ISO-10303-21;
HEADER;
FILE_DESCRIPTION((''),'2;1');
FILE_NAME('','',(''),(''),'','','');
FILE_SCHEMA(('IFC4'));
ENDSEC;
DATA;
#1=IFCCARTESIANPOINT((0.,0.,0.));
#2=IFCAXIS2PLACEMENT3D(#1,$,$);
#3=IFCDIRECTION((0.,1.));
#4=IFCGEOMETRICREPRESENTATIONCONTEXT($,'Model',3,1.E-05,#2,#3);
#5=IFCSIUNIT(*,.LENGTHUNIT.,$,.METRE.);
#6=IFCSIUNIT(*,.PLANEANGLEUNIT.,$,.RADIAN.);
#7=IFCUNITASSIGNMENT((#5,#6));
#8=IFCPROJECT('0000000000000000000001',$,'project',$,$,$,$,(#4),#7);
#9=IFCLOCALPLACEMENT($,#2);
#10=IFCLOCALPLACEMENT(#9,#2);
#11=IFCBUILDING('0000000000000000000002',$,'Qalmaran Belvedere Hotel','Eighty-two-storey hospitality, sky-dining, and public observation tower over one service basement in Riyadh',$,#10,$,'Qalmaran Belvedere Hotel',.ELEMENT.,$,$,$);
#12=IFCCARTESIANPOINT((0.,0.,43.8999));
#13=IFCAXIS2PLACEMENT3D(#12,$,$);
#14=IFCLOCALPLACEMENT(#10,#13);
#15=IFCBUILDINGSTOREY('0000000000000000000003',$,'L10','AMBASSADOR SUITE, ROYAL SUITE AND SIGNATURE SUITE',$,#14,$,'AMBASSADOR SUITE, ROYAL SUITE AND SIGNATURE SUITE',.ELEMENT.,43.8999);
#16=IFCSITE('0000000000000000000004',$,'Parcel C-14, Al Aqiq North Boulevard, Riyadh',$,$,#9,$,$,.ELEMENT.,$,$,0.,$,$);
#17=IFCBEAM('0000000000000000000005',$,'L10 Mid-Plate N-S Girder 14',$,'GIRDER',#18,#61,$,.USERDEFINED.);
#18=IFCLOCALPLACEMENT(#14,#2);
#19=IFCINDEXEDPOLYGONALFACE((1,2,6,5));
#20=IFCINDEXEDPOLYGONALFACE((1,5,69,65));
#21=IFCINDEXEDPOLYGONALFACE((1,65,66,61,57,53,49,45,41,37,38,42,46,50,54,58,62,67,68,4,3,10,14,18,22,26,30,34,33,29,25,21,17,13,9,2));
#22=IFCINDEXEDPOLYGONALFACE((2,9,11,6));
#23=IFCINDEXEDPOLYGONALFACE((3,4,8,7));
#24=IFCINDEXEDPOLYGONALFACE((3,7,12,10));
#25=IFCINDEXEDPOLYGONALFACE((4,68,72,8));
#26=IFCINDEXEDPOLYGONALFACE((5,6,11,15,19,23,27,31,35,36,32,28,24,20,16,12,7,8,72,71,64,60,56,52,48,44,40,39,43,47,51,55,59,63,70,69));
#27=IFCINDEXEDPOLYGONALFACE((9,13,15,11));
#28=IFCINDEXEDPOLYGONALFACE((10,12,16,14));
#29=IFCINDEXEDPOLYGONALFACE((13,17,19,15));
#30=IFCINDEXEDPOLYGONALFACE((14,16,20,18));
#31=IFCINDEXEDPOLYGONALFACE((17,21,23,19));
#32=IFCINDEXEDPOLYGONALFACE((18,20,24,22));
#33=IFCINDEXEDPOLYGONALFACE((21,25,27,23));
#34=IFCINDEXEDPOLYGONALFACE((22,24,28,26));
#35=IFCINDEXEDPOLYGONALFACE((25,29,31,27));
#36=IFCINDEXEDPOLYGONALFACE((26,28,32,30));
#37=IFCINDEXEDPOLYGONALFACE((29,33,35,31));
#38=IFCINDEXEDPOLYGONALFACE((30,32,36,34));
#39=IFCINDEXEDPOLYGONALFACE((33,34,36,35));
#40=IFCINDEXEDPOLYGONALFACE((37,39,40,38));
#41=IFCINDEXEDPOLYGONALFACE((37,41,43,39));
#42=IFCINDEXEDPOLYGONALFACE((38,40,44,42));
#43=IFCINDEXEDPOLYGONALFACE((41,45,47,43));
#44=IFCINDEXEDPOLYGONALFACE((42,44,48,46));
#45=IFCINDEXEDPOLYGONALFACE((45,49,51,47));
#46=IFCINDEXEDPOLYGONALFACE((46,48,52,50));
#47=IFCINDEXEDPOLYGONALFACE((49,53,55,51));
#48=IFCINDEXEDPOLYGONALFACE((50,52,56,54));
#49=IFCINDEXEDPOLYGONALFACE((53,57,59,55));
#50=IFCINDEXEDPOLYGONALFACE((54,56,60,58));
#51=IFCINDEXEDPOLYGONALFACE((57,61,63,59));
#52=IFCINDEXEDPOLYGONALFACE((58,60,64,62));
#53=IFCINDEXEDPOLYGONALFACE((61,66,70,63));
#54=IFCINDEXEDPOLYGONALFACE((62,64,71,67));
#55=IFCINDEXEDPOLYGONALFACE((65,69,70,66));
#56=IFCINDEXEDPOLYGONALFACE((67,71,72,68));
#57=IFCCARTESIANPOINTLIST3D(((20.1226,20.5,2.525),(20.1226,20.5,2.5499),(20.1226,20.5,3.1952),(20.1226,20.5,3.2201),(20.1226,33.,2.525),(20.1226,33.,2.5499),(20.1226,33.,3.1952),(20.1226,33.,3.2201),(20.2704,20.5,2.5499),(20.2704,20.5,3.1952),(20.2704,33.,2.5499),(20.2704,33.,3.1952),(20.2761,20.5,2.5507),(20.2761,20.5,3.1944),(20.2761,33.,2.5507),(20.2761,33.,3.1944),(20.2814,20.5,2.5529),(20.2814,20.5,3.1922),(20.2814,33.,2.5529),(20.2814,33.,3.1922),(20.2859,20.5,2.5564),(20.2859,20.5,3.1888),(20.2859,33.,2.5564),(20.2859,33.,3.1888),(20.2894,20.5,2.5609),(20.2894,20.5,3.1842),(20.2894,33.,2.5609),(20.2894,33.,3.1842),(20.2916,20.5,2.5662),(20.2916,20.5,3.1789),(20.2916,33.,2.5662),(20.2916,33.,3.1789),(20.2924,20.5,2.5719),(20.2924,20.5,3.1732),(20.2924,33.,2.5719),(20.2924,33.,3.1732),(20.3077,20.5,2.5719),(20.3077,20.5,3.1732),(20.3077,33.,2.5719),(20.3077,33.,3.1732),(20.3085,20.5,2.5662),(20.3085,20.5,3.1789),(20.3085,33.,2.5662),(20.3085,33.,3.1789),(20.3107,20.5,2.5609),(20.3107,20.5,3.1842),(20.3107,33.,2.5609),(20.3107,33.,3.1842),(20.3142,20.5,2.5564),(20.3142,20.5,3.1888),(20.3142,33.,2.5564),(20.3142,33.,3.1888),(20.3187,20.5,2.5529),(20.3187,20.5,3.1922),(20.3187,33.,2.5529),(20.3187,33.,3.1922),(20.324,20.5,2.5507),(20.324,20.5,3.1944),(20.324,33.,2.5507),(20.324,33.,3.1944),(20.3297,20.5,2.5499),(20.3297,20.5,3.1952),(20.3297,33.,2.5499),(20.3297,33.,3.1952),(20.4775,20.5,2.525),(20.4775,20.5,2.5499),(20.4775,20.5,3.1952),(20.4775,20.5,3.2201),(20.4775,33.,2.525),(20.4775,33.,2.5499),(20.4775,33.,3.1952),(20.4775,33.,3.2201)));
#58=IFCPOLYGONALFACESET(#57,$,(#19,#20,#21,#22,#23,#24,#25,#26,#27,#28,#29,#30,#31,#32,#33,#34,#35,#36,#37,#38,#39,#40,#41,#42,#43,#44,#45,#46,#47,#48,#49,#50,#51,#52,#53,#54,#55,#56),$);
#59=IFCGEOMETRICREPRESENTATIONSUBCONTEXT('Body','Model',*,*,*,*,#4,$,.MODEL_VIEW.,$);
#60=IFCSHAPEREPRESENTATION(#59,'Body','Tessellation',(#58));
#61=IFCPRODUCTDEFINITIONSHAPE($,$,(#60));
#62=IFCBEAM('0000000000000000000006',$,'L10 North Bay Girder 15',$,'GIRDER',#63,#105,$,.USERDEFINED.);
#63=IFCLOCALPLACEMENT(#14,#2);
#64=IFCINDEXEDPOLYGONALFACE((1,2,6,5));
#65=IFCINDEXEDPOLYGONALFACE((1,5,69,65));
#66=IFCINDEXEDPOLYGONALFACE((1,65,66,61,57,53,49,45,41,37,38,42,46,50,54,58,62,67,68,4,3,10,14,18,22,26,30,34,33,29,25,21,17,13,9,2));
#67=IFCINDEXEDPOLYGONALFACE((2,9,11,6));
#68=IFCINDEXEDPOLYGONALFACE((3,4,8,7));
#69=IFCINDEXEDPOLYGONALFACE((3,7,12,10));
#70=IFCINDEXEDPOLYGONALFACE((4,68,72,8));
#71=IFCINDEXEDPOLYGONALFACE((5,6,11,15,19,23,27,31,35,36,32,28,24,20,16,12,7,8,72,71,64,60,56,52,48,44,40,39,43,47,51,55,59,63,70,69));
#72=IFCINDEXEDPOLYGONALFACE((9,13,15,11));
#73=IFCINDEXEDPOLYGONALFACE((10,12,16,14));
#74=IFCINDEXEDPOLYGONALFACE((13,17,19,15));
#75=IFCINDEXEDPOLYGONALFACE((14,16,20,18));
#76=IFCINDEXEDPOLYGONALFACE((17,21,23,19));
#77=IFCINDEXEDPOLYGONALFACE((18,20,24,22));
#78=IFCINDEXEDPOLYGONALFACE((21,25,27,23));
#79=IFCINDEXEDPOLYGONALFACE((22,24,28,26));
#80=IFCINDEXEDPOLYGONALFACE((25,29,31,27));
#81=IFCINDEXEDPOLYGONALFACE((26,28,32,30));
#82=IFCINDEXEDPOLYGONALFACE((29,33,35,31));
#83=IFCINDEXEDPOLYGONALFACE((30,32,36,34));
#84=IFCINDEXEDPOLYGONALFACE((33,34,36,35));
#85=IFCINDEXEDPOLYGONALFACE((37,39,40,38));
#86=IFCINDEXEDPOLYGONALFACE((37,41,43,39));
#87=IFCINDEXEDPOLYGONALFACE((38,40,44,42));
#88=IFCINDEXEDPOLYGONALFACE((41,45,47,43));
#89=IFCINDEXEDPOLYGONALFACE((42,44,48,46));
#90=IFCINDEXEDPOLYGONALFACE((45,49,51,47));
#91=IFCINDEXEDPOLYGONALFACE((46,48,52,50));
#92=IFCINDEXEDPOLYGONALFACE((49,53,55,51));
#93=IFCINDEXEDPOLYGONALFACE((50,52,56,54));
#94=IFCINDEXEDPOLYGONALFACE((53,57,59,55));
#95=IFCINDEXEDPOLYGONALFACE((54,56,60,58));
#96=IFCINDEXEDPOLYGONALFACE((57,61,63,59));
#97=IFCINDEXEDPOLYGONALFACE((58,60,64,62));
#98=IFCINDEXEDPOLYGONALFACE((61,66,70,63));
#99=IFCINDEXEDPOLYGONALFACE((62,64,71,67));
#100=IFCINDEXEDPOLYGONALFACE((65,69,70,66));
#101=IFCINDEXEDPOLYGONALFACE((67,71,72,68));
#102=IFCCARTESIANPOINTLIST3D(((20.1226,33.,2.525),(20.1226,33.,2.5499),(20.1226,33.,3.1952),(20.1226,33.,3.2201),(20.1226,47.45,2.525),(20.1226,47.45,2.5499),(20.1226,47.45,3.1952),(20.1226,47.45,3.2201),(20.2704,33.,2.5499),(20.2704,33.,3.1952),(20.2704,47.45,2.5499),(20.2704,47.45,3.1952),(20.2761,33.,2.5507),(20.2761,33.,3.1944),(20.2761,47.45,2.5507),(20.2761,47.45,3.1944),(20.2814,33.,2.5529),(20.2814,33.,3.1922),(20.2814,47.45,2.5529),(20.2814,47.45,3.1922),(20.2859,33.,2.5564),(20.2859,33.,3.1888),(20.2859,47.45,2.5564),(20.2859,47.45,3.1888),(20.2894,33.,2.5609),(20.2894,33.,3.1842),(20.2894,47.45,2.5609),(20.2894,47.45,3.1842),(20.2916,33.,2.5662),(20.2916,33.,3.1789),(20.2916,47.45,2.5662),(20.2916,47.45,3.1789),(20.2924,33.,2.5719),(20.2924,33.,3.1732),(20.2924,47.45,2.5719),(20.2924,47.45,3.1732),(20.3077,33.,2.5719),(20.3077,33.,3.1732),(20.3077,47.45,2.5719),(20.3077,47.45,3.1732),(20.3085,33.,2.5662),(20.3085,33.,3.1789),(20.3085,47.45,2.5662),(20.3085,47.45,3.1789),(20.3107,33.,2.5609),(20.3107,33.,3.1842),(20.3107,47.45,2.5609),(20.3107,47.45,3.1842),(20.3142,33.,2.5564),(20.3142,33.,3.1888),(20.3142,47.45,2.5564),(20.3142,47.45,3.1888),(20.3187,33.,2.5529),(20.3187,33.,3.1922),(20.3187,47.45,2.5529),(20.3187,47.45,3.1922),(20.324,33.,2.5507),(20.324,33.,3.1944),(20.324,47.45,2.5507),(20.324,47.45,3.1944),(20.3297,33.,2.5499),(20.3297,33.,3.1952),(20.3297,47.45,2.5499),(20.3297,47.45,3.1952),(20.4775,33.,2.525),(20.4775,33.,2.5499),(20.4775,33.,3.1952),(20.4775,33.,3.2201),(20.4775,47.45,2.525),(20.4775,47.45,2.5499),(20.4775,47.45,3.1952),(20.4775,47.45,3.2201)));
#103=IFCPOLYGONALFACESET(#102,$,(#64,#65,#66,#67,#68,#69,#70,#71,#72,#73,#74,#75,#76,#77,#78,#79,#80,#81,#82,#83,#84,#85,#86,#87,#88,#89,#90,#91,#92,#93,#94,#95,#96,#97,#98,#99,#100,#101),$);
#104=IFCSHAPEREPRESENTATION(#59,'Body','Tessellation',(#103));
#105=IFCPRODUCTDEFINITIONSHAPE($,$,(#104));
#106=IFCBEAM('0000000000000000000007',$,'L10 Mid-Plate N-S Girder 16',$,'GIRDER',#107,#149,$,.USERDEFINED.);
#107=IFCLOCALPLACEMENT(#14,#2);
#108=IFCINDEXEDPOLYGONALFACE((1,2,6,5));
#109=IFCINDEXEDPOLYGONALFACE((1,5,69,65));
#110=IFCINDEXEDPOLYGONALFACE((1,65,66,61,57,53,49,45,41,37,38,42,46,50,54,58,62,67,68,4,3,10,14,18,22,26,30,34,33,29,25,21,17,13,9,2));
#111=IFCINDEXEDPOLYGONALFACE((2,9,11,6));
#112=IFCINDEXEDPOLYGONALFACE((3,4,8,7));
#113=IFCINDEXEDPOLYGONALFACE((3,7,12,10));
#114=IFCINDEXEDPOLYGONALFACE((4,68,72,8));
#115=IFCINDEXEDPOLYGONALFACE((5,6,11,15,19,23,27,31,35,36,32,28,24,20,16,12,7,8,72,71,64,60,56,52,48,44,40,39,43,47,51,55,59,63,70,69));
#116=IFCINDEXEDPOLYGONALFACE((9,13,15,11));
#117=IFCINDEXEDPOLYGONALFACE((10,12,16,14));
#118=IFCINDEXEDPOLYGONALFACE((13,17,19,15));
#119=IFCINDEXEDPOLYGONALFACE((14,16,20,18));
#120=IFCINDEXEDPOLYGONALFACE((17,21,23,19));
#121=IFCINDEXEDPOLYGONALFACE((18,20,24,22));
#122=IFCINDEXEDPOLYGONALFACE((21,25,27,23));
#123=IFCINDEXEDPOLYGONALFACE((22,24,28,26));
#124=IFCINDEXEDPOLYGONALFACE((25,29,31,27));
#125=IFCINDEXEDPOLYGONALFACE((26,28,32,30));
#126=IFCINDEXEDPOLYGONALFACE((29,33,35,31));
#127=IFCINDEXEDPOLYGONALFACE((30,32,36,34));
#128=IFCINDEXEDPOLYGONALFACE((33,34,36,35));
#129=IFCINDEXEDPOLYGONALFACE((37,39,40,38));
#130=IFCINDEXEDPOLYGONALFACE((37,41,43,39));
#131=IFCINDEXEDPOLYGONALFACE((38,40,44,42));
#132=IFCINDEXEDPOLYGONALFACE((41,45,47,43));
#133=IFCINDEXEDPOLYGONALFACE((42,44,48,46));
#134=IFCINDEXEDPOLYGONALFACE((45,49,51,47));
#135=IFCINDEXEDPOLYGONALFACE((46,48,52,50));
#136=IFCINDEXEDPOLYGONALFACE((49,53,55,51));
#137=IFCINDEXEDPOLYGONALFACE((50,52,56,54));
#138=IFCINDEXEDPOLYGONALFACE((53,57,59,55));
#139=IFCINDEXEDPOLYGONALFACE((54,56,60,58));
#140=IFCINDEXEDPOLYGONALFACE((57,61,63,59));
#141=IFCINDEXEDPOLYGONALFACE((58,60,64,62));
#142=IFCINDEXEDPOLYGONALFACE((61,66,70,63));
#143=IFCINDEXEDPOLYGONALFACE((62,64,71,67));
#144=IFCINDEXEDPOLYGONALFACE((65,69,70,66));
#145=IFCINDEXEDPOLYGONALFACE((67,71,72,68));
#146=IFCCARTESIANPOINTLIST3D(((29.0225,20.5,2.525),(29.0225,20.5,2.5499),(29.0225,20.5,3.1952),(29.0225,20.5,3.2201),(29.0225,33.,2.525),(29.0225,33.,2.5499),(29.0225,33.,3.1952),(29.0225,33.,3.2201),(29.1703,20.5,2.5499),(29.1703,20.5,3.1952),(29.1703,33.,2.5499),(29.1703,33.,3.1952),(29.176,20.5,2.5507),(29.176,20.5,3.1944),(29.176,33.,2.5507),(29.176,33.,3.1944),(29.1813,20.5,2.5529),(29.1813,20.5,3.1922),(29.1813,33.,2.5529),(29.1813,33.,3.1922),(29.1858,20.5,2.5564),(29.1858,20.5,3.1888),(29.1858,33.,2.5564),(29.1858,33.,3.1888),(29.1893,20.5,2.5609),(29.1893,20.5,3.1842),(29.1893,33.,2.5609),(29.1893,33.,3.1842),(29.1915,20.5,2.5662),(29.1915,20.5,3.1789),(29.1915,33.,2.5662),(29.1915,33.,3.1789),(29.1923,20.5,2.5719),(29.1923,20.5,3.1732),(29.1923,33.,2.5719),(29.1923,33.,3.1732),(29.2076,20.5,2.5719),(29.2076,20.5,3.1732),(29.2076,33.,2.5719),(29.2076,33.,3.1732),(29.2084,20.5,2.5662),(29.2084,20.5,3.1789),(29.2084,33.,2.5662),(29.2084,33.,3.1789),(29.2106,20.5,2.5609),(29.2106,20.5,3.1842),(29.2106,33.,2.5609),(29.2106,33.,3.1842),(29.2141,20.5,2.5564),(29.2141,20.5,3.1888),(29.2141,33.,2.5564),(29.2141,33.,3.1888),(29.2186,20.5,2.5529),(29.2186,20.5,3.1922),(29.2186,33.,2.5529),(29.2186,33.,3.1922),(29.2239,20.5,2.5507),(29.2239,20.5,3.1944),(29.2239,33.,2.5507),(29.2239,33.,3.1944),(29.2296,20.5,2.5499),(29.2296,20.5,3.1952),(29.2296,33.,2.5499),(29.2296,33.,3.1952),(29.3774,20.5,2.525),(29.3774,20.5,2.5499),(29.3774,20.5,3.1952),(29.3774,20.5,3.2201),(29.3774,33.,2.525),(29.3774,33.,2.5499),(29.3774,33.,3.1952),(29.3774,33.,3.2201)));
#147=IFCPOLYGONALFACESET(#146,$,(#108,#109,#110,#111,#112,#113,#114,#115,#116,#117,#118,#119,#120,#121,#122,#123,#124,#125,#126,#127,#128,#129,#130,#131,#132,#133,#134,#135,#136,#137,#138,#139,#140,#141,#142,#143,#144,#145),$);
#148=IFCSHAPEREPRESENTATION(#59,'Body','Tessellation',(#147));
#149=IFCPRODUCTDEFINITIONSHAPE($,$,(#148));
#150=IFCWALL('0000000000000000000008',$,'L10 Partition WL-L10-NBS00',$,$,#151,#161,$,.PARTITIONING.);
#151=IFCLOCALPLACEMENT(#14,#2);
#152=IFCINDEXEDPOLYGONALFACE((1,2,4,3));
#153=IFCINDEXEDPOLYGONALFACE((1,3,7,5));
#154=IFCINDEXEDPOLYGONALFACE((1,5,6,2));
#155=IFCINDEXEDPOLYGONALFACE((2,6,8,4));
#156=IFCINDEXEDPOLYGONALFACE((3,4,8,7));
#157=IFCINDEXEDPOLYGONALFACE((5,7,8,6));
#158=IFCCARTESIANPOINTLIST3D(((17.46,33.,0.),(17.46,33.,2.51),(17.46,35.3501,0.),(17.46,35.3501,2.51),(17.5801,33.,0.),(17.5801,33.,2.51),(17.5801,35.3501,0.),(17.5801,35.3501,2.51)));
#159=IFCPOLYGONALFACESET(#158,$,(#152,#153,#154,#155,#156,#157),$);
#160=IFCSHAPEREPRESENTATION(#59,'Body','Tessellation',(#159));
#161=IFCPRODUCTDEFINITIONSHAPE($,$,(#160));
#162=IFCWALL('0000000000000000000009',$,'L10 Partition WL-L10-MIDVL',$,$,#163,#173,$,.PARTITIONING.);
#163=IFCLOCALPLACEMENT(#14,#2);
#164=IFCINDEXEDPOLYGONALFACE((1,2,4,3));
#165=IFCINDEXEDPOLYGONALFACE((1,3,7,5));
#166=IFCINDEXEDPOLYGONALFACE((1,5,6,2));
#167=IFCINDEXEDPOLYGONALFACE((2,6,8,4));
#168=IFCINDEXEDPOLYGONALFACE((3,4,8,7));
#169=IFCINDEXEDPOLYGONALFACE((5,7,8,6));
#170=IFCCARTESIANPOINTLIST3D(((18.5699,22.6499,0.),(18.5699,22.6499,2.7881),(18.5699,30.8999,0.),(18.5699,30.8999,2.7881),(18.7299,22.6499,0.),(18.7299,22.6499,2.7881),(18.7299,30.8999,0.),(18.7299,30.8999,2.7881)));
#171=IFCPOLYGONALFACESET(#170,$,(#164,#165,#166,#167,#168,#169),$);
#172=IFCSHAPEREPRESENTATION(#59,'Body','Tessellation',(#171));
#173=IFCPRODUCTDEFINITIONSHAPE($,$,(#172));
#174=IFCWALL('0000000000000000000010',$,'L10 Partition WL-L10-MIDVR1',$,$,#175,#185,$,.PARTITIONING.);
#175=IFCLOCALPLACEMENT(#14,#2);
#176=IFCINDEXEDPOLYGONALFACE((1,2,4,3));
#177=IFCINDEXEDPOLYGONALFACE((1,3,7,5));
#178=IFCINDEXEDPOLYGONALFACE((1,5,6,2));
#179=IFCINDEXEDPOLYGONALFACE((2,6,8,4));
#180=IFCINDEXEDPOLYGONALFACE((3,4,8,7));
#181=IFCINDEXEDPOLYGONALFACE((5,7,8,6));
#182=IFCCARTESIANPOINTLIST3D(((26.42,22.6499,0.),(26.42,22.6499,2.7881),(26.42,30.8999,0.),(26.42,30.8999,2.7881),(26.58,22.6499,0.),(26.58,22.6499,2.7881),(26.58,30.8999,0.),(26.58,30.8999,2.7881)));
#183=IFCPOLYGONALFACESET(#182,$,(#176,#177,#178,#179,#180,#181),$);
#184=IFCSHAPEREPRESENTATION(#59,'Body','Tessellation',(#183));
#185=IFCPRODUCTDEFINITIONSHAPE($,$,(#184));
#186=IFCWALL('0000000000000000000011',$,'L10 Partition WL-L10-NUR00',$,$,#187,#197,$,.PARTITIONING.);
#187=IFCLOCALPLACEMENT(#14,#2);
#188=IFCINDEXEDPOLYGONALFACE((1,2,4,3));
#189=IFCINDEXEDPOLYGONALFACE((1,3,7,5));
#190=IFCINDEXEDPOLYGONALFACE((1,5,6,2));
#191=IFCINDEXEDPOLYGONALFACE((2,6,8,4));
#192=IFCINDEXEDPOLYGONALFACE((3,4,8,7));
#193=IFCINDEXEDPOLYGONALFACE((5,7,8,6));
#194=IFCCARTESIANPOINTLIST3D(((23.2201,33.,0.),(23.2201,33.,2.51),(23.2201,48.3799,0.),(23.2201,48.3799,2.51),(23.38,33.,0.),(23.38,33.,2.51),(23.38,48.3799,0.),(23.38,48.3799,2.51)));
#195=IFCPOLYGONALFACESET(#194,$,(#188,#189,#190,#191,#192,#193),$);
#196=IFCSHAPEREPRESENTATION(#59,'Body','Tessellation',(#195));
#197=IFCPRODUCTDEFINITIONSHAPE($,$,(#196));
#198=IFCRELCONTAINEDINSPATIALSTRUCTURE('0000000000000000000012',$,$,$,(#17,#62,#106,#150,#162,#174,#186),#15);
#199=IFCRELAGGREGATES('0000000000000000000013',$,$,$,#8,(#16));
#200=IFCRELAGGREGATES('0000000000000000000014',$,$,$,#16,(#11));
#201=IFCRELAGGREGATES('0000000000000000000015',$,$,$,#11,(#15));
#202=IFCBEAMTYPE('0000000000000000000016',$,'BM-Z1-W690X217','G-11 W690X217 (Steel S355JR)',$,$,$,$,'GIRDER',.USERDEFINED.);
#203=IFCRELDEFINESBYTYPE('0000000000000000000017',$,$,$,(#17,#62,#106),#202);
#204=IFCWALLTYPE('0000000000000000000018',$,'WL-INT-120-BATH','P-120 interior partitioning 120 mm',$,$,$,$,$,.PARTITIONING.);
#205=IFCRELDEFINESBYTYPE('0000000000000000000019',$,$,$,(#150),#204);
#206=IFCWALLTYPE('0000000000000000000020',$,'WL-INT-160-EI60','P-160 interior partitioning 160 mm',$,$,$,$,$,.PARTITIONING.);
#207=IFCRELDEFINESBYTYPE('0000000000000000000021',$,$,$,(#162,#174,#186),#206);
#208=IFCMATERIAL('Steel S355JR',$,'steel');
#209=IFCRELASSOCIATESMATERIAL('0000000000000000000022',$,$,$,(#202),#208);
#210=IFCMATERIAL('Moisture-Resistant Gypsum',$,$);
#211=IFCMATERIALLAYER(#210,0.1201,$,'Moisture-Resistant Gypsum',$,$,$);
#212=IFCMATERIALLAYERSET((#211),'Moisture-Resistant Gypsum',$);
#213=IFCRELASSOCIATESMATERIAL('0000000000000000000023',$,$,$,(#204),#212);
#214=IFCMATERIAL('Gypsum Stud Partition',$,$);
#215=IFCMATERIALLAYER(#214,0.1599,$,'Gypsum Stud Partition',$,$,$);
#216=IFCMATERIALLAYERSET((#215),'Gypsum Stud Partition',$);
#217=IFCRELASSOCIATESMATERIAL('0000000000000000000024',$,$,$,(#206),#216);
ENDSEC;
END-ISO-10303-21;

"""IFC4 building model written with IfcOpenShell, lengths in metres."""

from ifc_helpers import new_model, si_unit, direction, frame, frame_2d, origin, origin_2d, place, context, subcontext, project, spatial, rectangle, i_section, extrude, material, layer, layer_set, material_profile, profile_set, type_object, element, save


model = new_model("IFC4")

# Units and contexts
model_context = context("Model", 3, precision=1e-05, world=origin(), true_north=direction((0.0, 1.0)))
body_context = subcontext(model_context, "Body", "Model", "MODEL_VIEW")
ifc_project = project(units=[si_unit("LENGTHUNIT", "METRE"), si_unit("PLANEANGLEUNIT", "RADIAN")], contexts=[model_context])

# Site, building, storey
site_placement = place(None, origin())
site = spatial("IfcSite", under=ifc_project, at=site_placement, Name="Parcel C-14, Al Aqiq North Boulevard, Riyadh", CompositionType="ELEMENT", RefElevation=0.0)
building_placement = place(site_placement, origin())
building = spatial("IfcBuilding", under=site, at=building_placement, Name="Qalmaran Belvedere Hotel", Description="Eighty-two-storey hospitality, sky-dining, and public observation tower over one service basement in Riyadh", LongName="Qalmaran Belvedere Hotel", CompositionType="ELEMENT")
storey_placement = place(building_placement, frame((0.0, 0.0, 43.8999)))
storey = spatial("IfcBuildingStorey", under=building, at=storey_placement, Name="L10", Description="AMBASSADOR SUITE, ROYAL SUITE AND SIGNATURE SUITE", LongName="AMBASSADOR SUITE, ROYAL SUITE AND SIGNATURE SUITE", CompositionType="ELEMENT", Elevation=43.8999)

# Beams
ifc_material_1 = material(Name="Steel S355JR", Category="steel")
ifc_material_profile_1 = material_profile(ifc_material_1, i_section(OverallWidth=0.355, OverallDepth=0.6951, WebThickness=0.0154, FlangeThickness=0.0249, FilletRadius=0.022, at=origin_2d()), Name="W690X217")
ifc_profile_set_1 = profile_set([ifc_material_profile_1], Name="Steel S355JR")
beam_type_1 = type_object("IfcBeamType", Name="BM-Z1-W690X217", Description="G-11 W690X217 (Steel S355JR)", ElementType="GIRDER", PredefinedType="USERDEFINED", material=ifc_profile_set_1)
beam_1_placement = place(storey_placement, frame((20.3, 20.5, 2.8726), z_axis=(0.0, 1.0, 0.0), x_axis=(-1.0, 0.0, 0.0)))
element("IfcBeam", 1, at=beam_1_placement, inside=storey, type_object=beam_type_1, Name="L10 Mid-Plate N-S Girder 14", ObjectType="GIRDER", PredefinedType="USERDEFINED", context=body_context, shape_type="SweptSolid", body=[
    extrude(i_section(OverallWidth=0.355, OverallDepth=0.6951, WebThickness=0.0154, FlangeThickness=0.0249, FilletRadius=0.022, at=origin_2d()), origin(), (0.0, 0.0, 1.0), 12.5),
])
beam_2_placement = place(storey_placement, frame((20.3, 33.0, 2.8726), z_axis=(0.0, 1.0, 0.0), x_axis=(-1.0, 0.0, 0.0)))
element("IfcBeam", 2, at=beam_2_placement, inside=storey, type_object=beam_type_1, Name="L10 North Bay Girder 15", ObjectType="GIRDER", PredefinedType="USERDEFINED", context=body_context, shape_type="SweptSolid", body=[
    extrude(i_section(OverallWidth=0.355, OverallDepth=0.6951, WebThickness=0.0154, FlangeThickness=0.0249, FilletRadius=0.022, at=origin_2d()), origin(), (0.0, 0.0, 1.0), 14.45),
])
beam_3_placement = place(storey_placement, frame((29.2, 20.5, 2.8726), z_axis=(0.0, 1.0, 0.0), x_axis=(-1.0, 0.0, 0.0)))
element("IfcBeam", 3, at=beam_3_placement, inside=storey, type_object=beam_type_1, Name="L10 Mid-Plate N-S Girder 16", ObjectType="GIRDER", PredefinedType="USERDEFINED", context=body_context, shape_type="SweptSolid", body=[
    extrude(i_section(OverallWidth=0.355, OverallDepth=0.6951, WebThickness=0.0154, FlangeThickness=0.0249, FilletRadius=0.022, at=origin_2d()), origin(), (0.0, 0.0, 1.0), 12.5),
])

# Wall
ifc_material_2 = material(Name="Moisture-Resistant Gypsum")
ifc_layer_1 = layer(ifc_material_2, 0.1201, Name="Moisture-Resistant Gypsum")
ifc_layer_set_1 = layer_set([ifc_layer_1], Name="Moisture-Resistant Gypsum")
wall_type_1 = type_object("IfcWallType", Name="WL-INT-120-BATH", Description="P-120 interior partitioning 120 mm", PredefinedType="PARTITIONING", material=ifc_layer_set_1)
wall_1_placement = place(storey_placement, frame((17.52, 33.0, 0.0), z_axis=(0.0, 0.0, 1.0), x_axis=(0.0, 1.0, 0.0)))
element("IfcWall", 4, at=wall_1_placement, inside=storey, type_object=wall_type_1, Name="L10 Partition WL-L10-NBS00", PredefinedType="PARTITIONING", context=body_context, shape_type="SweptSolid", body=[
    extrude(rectangle(XDim=2.3501, YDim=0.1201, at=frame_2d((1.175, 0.0))), origin(), (0.0, 0.0, 1.0), 2.51),
])

# Shared definitions
ifc_material_3 = material(Name="Gypsum Stud Partition")

# Walls
ifc_layer_2 = layer(ifc_material_3, 0.1599, Name="Gypsum Stud Partition")
ifc_layer_set_2 = layer_set([ifc_layer_2], Name="Gypsum Stud Partition")
wall_type_2 = type_object("IfcWallType", Name="WL-INT-160-EI60", Description="P-160 interior partitioning 160 mm", PredefinedType="PARTITIONING", material=ifc_layer_set_2)
for number, where, z_axis, x_axis, name in (
    (5, (18.6499, 22.6499, 0.0), (0.0, 0.0, 1.0), (0.0, 1.0, 0.0), "L10 Partition WL-L10-MIDVL"),
    (6, (26.5, 22.6499, 0.0), (0.0, 0.0, 1.0), (0.0, 1.0, 0.0), "L10 Partition WL-L10-MIDVR1"),
):
    element("IfcWall", number, at=place(storey_placement, frame(where, z_axis=z_axis, x_axis=x_axis)), inside=storey, type_object=wall_type_2, Name=name, PredefinedType="PARTITIONING", context=body_context, shape_type="SweptSolid", body=[
        extrude(rectangle(XDim=8.25, YDim=0.1599, at=frame_2d((4.125, 0.0))), origin(), (0.0, 0.0, 1.0), 2.7881),
    ])
wall_2_placement = place(storey_placement, frame((23.3, 33.0, 0.0), z_axis=(0.0, 0.0, 1.0), x_axis=(0.0, 1.0, 0.0)))
element("IfcWall", 7, at=wall_2_placement, inside=storey, type_object=wall_type_2, Name="L10 Partition WL-L10-NUR00", PredefinedType="PARTITIONING", context=body_context, shape_type="SweptSolid", body=[
    extrude(rectangle(XDim=15.3799, YDim=0.1599, at=frame_2d((7.6899, 0.0))), origin(), (0.0, 0.0, 1.0), 2.51),
])

save(model, "model.ifc")
